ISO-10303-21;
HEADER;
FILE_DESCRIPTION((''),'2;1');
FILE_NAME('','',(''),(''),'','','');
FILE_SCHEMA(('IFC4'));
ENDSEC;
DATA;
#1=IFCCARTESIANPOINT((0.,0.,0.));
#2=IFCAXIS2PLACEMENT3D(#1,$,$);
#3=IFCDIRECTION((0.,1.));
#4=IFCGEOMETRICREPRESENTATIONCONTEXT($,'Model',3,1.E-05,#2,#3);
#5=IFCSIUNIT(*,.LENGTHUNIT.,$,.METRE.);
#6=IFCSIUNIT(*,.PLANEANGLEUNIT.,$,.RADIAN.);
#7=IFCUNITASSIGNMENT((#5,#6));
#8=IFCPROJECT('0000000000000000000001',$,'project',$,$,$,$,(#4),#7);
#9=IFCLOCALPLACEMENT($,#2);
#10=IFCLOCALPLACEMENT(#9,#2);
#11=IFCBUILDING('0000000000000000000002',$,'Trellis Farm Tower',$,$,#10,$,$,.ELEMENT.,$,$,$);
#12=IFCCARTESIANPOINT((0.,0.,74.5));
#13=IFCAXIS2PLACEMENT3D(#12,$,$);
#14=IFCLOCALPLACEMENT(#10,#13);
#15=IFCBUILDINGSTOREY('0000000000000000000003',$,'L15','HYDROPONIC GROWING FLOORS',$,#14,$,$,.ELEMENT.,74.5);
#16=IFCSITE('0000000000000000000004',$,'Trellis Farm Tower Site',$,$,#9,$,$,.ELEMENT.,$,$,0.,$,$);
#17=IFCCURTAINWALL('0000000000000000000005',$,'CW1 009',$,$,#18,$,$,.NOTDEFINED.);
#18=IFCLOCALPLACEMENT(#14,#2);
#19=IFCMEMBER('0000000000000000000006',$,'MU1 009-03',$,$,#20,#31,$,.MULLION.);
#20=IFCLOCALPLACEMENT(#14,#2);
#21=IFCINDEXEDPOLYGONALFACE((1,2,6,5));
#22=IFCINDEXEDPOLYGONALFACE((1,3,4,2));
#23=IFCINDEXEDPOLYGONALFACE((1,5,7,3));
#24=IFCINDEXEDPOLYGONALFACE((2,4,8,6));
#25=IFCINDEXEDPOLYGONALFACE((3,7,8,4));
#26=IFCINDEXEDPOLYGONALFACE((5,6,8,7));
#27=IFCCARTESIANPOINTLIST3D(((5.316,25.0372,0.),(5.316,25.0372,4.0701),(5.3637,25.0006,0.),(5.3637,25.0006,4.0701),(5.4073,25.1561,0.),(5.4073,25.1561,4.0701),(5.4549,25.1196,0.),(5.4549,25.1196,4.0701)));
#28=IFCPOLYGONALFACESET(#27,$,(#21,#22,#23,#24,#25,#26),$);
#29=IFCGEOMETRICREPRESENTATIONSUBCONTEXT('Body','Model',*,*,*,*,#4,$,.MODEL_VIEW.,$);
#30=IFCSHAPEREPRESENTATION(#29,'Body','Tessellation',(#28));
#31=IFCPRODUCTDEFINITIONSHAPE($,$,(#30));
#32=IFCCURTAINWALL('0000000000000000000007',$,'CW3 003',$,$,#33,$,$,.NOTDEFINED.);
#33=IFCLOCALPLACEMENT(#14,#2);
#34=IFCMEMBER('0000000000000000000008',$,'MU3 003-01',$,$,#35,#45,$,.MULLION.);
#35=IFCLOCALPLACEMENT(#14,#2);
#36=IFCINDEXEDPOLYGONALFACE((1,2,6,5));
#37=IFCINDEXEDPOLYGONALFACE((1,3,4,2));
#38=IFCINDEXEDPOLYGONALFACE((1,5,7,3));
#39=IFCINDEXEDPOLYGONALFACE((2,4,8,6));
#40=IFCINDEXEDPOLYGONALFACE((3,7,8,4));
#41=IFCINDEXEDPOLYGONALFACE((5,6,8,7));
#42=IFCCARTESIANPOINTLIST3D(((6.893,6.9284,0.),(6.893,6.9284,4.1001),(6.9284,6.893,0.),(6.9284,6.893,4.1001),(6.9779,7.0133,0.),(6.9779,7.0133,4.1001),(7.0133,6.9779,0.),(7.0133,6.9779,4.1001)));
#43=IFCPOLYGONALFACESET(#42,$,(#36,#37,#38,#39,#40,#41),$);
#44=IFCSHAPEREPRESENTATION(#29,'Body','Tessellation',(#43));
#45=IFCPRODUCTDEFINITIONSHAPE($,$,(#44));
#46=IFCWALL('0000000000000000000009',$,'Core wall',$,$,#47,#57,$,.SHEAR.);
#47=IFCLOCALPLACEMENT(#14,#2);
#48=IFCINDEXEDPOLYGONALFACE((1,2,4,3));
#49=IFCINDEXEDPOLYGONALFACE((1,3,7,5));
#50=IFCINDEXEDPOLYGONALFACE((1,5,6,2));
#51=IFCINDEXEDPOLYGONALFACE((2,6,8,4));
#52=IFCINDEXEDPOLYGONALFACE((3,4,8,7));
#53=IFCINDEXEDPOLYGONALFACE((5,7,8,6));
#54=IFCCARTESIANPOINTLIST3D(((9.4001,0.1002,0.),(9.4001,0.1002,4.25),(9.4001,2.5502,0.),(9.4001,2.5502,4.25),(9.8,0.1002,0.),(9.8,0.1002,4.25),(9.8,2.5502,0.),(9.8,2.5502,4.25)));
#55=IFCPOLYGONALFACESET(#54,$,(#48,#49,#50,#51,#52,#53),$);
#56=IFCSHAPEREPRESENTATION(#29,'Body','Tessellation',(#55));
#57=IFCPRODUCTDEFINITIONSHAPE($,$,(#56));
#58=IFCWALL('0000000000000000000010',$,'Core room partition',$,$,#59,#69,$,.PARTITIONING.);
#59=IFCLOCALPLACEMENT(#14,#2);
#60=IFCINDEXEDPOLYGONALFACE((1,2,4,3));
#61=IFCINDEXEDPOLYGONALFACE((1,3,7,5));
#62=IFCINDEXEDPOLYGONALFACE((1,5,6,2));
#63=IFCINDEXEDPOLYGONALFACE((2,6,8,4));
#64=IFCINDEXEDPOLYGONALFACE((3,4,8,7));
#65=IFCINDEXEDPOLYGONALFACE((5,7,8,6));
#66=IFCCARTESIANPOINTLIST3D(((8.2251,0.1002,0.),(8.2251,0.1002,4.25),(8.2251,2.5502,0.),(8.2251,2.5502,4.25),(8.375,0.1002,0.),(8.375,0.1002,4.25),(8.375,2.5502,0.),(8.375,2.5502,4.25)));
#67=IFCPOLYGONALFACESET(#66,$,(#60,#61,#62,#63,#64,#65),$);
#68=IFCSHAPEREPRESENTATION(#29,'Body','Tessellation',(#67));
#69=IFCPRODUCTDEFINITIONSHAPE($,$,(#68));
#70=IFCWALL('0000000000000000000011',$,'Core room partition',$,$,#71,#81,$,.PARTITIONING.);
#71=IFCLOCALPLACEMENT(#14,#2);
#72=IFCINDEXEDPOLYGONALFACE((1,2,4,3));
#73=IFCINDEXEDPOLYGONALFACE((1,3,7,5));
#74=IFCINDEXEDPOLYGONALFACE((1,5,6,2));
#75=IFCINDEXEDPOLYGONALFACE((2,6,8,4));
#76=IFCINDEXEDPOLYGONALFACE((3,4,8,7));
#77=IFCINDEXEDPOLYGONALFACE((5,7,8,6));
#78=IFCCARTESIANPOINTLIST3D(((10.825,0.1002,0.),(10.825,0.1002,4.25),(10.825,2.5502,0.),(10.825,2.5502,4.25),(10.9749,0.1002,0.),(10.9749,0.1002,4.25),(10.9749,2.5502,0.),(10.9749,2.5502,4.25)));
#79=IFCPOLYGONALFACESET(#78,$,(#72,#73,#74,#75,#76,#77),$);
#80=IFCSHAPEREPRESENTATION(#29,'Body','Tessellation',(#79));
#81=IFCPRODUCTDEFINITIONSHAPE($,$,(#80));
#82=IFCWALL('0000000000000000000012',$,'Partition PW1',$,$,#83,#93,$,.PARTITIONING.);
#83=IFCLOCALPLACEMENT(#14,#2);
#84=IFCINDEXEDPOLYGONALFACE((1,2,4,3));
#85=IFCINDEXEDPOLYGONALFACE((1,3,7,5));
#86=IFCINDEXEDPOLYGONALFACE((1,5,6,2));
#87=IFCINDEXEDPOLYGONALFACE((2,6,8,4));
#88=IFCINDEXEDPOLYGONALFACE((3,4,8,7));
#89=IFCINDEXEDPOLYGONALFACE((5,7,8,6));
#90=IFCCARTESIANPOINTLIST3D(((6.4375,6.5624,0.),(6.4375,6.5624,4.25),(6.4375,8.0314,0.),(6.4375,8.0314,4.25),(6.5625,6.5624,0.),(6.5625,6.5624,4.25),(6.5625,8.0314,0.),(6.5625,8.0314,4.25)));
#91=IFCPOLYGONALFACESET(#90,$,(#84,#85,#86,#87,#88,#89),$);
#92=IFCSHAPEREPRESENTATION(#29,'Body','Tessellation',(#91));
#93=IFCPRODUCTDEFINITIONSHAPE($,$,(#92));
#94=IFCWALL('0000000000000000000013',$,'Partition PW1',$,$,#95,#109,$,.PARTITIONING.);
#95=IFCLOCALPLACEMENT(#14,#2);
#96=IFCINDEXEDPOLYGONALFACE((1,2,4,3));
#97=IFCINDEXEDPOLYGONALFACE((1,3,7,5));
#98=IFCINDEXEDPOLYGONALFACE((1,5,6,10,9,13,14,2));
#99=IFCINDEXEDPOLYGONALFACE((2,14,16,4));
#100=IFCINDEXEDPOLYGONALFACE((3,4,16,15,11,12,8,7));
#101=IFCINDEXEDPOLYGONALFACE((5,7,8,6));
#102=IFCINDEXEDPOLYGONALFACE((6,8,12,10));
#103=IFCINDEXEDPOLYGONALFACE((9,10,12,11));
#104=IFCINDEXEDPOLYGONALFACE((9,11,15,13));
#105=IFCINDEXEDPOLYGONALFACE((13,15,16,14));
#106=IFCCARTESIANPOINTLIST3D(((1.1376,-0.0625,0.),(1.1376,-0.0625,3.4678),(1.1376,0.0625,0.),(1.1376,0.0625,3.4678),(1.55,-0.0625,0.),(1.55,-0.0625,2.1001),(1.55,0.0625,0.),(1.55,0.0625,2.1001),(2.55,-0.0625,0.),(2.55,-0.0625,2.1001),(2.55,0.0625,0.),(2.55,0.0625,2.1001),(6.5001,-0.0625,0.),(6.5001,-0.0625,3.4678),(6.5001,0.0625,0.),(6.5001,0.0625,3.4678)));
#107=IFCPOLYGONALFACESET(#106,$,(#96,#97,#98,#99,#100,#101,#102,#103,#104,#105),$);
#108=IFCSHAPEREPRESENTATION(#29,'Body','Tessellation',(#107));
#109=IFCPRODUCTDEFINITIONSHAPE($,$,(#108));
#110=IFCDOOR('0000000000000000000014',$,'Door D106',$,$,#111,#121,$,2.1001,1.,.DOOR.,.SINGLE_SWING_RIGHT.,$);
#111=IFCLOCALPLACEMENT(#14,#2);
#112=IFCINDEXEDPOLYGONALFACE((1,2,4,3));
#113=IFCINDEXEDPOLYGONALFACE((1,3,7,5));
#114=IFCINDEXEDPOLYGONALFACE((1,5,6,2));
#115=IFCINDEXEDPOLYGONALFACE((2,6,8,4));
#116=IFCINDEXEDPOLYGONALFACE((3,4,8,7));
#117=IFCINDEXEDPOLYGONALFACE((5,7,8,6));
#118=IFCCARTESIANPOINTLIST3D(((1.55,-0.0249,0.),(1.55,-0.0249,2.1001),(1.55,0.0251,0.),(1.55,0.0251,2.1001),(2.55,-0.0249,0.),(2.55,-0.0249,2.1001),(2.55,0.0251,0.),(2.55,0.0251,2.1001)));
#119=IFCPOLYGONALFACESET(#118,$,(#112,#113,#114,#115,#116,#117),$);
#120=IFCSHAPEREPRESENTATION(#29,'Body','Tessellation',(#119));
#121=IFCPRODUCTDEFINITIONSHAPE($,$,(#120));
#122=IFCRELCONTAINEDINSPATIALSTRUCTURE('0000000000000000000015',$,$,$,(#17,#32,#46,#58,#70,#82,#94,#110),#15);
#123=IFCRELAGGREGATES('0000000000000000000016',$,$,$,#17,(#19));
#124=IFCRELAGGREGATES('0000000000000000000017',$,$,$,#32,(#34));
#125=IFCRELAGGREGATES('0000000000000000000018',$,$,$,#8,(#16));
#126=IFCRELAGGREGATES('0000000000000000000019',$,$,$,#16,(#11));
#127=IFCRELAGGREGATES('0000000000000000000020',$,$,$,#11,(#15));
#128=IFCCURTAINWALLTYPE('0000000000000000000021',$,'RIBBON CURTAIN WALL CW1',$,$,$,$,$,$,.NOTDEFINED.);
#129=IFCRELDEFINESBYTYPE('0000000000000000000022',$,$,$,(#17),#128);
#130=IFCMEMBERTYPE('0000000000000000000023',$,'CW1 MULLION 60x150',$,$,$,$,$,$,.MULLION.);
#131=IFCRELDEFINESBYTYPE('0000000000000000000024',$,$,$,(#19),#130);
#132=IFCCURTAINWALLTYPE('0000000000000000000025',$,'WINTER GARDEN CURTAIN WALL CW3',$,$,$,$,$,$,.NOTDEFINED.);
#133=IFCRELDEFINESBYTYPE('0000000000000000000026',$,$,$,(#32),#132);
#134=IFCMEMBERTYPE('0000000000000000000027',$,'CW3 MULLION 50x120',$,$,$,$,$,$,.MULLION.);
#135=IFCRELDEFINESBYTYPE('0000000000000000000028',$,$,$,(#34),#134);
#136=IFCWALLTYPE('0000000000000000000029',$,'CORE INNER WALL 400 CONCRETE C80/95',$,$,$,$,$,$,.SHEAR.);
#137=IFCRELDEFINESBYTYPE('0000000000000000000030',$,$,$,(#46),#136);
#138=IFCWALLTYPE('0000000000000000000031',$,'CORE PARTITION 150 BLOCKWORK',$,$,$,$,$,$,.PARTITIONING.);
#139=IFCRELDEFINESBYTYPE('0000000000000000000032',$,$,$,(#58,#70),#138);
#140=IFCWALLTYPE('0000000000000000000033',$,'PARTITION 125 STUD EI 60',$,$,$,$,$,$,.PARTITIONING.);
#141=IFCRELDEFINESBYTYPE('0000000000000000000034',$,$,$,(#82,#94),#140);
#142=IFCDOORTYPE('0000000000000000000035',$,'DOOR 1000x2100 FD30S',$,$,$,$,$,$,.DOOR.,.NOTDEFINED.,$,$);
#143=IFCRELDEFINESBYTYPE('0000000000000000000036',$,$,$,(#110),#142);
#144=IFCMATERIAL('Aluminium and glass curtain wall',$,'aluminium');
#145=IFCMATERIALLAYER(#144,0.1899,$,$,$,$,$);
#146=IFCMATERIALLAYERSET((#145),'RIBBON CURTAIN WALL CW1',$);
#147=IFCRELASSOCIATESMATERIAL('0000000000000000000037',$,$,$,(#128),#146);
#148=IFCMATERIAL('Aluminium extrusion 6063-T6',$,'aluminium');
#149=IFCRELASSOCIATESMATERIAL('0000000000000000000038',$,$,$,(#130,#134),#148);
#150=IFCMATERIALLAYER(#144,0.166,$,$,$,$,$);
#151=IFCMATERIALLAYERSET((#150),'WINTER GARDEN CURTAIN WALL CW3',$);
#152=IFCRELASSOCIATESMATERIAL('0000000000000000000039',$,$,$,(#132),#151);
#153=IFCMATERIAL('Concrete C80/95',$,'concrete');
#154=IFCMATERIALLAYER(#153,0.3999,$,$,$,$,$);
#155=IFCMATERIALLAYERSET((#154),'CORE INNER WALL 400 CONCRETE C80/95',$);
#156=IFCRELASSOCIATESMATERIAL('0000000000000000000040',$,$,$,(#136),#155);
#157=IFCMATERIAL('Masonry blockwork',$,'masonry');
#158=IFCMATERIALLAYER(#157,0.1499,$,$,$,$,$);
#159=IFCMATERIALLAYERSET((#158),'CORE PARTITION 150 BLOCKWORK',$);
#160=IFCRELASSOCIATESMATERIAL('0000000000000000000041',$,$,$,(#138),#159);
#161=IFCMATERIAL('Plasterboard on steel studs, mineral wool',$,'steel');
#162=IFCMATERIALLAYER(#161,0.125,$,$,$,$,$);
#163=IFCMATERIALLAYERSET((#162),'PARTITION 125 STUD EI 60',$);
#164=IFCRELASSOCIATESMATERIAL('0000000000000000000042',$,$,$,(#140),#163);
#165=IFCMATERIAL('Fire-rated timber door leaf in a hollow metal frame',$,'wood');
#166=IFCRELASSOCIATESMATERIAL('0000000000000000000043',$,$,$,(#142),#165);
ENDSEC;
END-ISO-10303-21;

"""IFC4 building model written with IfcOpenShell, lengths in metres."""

from ifc_helpers import new_model, si_unit, direction, frame, frame_2d, origin, origin_2d, place, context, subcontext, project, spatial, rectangle, extrude, source, transform, mapped, material, layer, layer_set, material_profile, profile_set, type_object, element, fill, aggregate, save


model = new_model("IFC4")

# Units and contexts
model_context = context("Model", 3, precision=1e-05, world=origin(), true_north=direction((0.0, 1.0)))
body_context = subcontext(model_context, "Body", "Model", "MODEL_VIEW")
ifc_project = project(units=[si_unit("LENGTHUNIT", "METRE"), si_unit("PLANEANGLEUNIT", "RADIAN")], contexts=[model_context])

# Site, building, storey
site_placement = place(None, origin())
site = spatial("IfcSite", under=ifc_project, at=site_placement, Name="Trellis Farm Tower Site", CompositionType="ELEMENT", RefElevation=0.0)
building_placement = place(site_placement, origin())
building = spatial("IfcBuilding", under=site, at=building_placement, Name="Trellis Farm Tower", CompositionType="ELEMENT")
storey_placement = place(building_placement, frame((0.0, 0.0, 74.5)))
storey = spatial("IfcBuildingStorey", under=building, at=storey_placement, Name="L15", Description="HYDROPONIC GROWING FLOORS", CompositionType="ELEMENT", Elevation=74.5)

# Shared definitions
ifc_material_1 = material(Name="Concrete C80/95", Category="concrete")

# Shared definitions
ifc_material_2 = material(Name="Aluminium and glass curtain wall", Category="aluminium")
ifc_layer_1 = layer(ifc_material_2, 0.1899)
ifc_layer_set_1 = layer_set([ifc_layer_1], Name="RIBBON CURTAIN WALL CW1")
curtain_wall_type_1 = type_object("IfcCurtainWallType", Name="RIBBON CURTAIN WALL CW1", PredefinedType="NOTDEFINED", material=ifc_layer_set_1)
placement = place(storey_placement, origin())
ifc_material_3 = material(Name="Aluminium extrusion 6063-T6", Category="aluminium")
ifc_material_profile_1 = material_profile(ifc_material_3, rectangle(XDim=0.0601, YDim=0.1499, at=origin_2d()), Name="MULLION 60x150")
ifc_profile_set_1 = profile_set([ifc_material_profile_1], Name="Aluminium extrusion 6063-T6")
member_type_1 = type_object("IfcMemberType", Name="CW1 MULLION 60x150", PredefinedType="MULLION", material=ifc_profile_set_1)
shared_shape_1 = source(origin(), body_context, "Body", "SweptSolid", [
    extrude(rectangle(XDim=0.0601, YDim=0.1499, at=origin_2d()), origin(), (0.0, 0.0, 1.0), 4.0701),
])

# Curtain wall, member
curtain_wall_1 = element("IfcCurtainWall", 1, at=placement, inside=storey, type_object=curtain_wall_type_1, Name="CW1 009", PredefinedType="NOTDEFINED")
member_1_placement = place(storey_placement, frame((5.3855, 25.0784, 0.0), z_axis=(0.0, 0.0, 1.0), x_axis=(-0.793353, 0.608761, 0.0)))
member_1 = element("IfcMember", 2, at=member_1_placement, type_object=member_type_1, Name="MU1 009-03", PredefinedType="MULLION", context=body_context, shape_type="MappedRepresentation", body=[
    mapped(shared_shape_1, transform((0.0, 0.0, 0.0))),
])
aggregate(curtain_wall_1, [member_1])

# Curtain wall, member
ifc_layer_2 = layer(ifc_material_2, 0.166)
ifc_layer_set_2 = layer_set([ifc_layer_2], Name="WINTER GARDEN CURTAIN WALL CW3")
curtain_wall_type_2 = type_object("IfcCurtainWallType", Name="WINTER GARDEN CURTAIN WALL CW3", PredefinedType="NOTDEFINED", material=ifc_layer_set_2)
curtain_wall_2 = element("IfcCurtainWall", 3, at=placement, inside=storey, type_object=curtain_wall_type_2, Name="CW3 003", PredefinedType="NOTDEFINED")
ifc_material_profile_2 = material_profile(ifc_material_3, rectangle(XDim=0.05, YDim=0.1201, at=origin_2d()), Name="MULLION 50x120")
ifc_profile_set_2 = profile_set([ifc_material_profile_2], Name="Aluminium extrusion 6063-T6")
member_type_2 = type_object("IfcMemberType", Name="CW3 MULLION 50x120", PredefinedType="MULLION", material=ifc_profile_set_2)
shared_shape_2 = source(origin(), body_context, "Body", "SweptSolid", [
    extrude(rectangle(XDim=0.05, YDim=0.1201, at=origin_2d()), origin(), (0.0, 0.0, 1.0), 4.1001),
])
member_2_placement = place(storey_placement, frame((6.9531, 6.9531, 0.0), z_axis=(0.0, 0.0, 1.0), x_axis=(-0.707107, 0.707107, 0.0)))
member_2 = element("IfcMember", 4, at=member_2_placement, type_object=member_type_2, Name="MU3 003-01", PredefinedType="MULLION", context=body_context, shape_type="MappedRepresentation", body=[
    mapped(shared_shape_2, transform((0.0, 0.0, 0.0))),
])
aggregate(curtain_wall_2, [member_2])

# Wall
ifc_layer_3 = layer(ifc_material_1, 0.3999)
ifc_layer_set_3 = layer_set([ifc_layer_3], Name="CORE INNER WALL 400 CONCRETE C80/95")
wall_type_1 = type_object("IfcWallType", Name="CORE INNER WALL 400 CONCRETE C80/95", PredefinedType="SHEAR", material=ifc_layer_set_3)
shared_shape_3 = source(origin(), body_context, "Body", "SweptSolid", [
    extrude(rectangle(XDim=2.45, YDim=0.3999, at=frame_2d((1.2251, 0.0))), origin(), (0.0, 0.0, 1.0), 4.25),
])
wall_1_placement = place(storey_placement, frame((9.6001, 0.1001, 0.0), z_axis=(0.0, 0.0, 1.0), x_axis=(0.0, 1.0, 0.0)))
element("IfcWall", 5, at=wall_1_placement, inside=storey, type_object=wall_type_1, Name="Core wall", PredefinedType="SHEAR", context=body_context, shape_type="MappedRepresentation", body=[
    mapped(shared_shape_3, transform((0.0, 0.0, 0.0))),
])

# Walls
ifc_material_4 = material(Name="Masonry blockwork", Category="masonry")
ifc_layer_4 = layer(ifc_material_4, 0.1499)
ifc_layer_set_4 = layer_set([ifc_layer_4], Name="CORE PARTITION 150 BLOCKWORK")
wall_type_2 = type_object("IfcWallType", Name="CORE PARTITION 150 BLOCKWORK", PredefinedType="PARTITIONING", material=ifc_layer_set_4)
shared_shape_4 = source(origin(), body_context, "Body", "SweptSolid", [
    extrude(rectangle(XDim=2.45, YDim=0.1499, at=frame_2d((1.2251, 0.0))), origin(), (0.0, 0.0, 1.0), 4.25),
])
for number, where, z_axis, x_axis, name in (
    (6, (8.3, 0.1001, 0.0), (0.0, 0.0, 1.0), (0.0, 1.0, 0.0), "Core room partition"),
    (7, (10.8999, 0.1001, 0.0), (0.0, 0.0, 1.0), (0.0, 1.0, 0.0), "Core room partition"),
):
    element("IfcWall", number, at=place(storey_placement, frame(where, z_axis=z_axis, x_axis=x_axis)), inside=storey, type_object=wall_type_2, Name=name, PredefinedType="PARTITIONING", context=body_context, shape_type="MappedRepresentation", body=[
        mapped(shared_shape_4, transform((0.0, 0.0, 0.0))),
    ])
ifc_material_5 = material(Name="Plasterboard on steel studs, mineral wool", Category="steel")
ifc_layer_5 = layer(ifc_material_5, 0.125)
ifc_layer_set_5 = layer_set([ifc_layer_5], Name="PARTITION 125 STUD EI 60")
wall_type_3 = type_object("IfcWallType", Name="PARTITION 125 STUD EI 60", PredefinedType="PARTITIONING", material=ifc_layer_set_5)
shared_shape_5 = source(origin(), body_context, "Body", "SweptSolid", [
    extrude(rectangle(XDim=1.469, YDim=0.125, at=frame_2d((0.7344, 0.0))), origin(), (0.0, 0.0, 1.0), 4.25),
])
wall_2_placement = place(storey_placement, frame((6.5, 6.5625, 0.0), z_axis=(0.0, 0.0, 1.0), x_axis=(0.0, 1.0, 0.0)))
element("IfcWall", 8, at=wall_2_placement, inside=storey, type_object=wall_type_3, Name="Partition PW1", PredefinedType="PARTITIONING", context=body_context, shape_type="MappedRepresentation", body=[
    mapped(shared_shape_5, transform((0.0, 0.0, 0.0))),
])

# Wall, opening, door
shared_shape_6 = source(origin(), body_context, "Body", "SweptSolid", [
    extrude(rectangle(XDim=5.3625, YDim=0.125, at=frame_2d((2.6812, 0.0))), origin(), (0.0, 0.0, 1.0), 3.4678),
])
wall_3_placement = place(storey_placement, frame((6.5, 0.0, 0.0), z_axis=(0.0, 0.0, 1.0), x_axis=(-1.0, 0.0, 0.0)))
wall_3 = element("IfcWall", 9, at=wall_3_placement, inside=storey, type_object=wall_type_3, Name="Partition PW1", PredefinedType="PARTITIONING", context=body_context, shape_type="MappedRepresentation", body=[
    mapped(shared_shape_6, transform((0.0, 0.0, 0.0))),
])
shared_shape_7 = source(origin(), body_context, "Body", "SweptSolid", [
    extrude(rectangle(XDim=1.0, YDim=2.1001, at=frame_2d((0.5, 1.05))), frame((0.0, 0.0725, 0.0), z_axis=(0.0, -1.0, 0.0), x_axis=(1.0, 0.0, 0.0)), (0.0, 0.0, 1.0), 0.145),
])
opening_1_placement = place(wall_3_placement, frame((3.95, 0.0, 0.0)))
opening_1 = element("IfcOpeningElement", 10, at=opening_1_placement, cuts=wall_3, PredefinedType="OPENING", context=body_context, shape_type="MappedRepresentation", body=[
    mapped(shared_shape_7, transform((0.0, 0.0, 0.0))),
])
ifc_material_6 = material(Name="Fire-rated timber door leaf in a hollow metal frame", Category="wood")
door_type_1 = type_object("IfcDoorType", Name="DOOR 1000x2100 FD30S", OperationType="NOTDEFINED", PredefinedType="DOOR", material=ifc_material_6)
shared_shape_8 = source(origin(), body_context, "Body", "SweptSolid", [
    extrude(rectangle(XDim=1.0, YDim=2.1001, at=frame_2d((0.5, 1.05))), frame((0.0, 0.0249, 0.0), z_axis=(0.0, -1.0, 0.0), x_axis=(1.0, 0.0, 0.0)), (0.0, 0.0, 1.0), 0.05),
])
door_1_placement = place(opening_1_placement, origin())
door_1 = element("IfcDoor", 11, at=door_1_placement, inside=storey, type_object=door_type_1, Name="Door D106", OperationType="SINGLE_SWING_RIGHT", OverallHeight=2.1001, OverallWidth=1.0, PredefinedType="DOOR", context=body_context, shape_type="MappedRepresentation", body=[
    mapped(shared_shape_8, transform((0.0, 0.0, 0.0))),
])
fill(opening_1, door_1)

save(model, "model.ifc")
